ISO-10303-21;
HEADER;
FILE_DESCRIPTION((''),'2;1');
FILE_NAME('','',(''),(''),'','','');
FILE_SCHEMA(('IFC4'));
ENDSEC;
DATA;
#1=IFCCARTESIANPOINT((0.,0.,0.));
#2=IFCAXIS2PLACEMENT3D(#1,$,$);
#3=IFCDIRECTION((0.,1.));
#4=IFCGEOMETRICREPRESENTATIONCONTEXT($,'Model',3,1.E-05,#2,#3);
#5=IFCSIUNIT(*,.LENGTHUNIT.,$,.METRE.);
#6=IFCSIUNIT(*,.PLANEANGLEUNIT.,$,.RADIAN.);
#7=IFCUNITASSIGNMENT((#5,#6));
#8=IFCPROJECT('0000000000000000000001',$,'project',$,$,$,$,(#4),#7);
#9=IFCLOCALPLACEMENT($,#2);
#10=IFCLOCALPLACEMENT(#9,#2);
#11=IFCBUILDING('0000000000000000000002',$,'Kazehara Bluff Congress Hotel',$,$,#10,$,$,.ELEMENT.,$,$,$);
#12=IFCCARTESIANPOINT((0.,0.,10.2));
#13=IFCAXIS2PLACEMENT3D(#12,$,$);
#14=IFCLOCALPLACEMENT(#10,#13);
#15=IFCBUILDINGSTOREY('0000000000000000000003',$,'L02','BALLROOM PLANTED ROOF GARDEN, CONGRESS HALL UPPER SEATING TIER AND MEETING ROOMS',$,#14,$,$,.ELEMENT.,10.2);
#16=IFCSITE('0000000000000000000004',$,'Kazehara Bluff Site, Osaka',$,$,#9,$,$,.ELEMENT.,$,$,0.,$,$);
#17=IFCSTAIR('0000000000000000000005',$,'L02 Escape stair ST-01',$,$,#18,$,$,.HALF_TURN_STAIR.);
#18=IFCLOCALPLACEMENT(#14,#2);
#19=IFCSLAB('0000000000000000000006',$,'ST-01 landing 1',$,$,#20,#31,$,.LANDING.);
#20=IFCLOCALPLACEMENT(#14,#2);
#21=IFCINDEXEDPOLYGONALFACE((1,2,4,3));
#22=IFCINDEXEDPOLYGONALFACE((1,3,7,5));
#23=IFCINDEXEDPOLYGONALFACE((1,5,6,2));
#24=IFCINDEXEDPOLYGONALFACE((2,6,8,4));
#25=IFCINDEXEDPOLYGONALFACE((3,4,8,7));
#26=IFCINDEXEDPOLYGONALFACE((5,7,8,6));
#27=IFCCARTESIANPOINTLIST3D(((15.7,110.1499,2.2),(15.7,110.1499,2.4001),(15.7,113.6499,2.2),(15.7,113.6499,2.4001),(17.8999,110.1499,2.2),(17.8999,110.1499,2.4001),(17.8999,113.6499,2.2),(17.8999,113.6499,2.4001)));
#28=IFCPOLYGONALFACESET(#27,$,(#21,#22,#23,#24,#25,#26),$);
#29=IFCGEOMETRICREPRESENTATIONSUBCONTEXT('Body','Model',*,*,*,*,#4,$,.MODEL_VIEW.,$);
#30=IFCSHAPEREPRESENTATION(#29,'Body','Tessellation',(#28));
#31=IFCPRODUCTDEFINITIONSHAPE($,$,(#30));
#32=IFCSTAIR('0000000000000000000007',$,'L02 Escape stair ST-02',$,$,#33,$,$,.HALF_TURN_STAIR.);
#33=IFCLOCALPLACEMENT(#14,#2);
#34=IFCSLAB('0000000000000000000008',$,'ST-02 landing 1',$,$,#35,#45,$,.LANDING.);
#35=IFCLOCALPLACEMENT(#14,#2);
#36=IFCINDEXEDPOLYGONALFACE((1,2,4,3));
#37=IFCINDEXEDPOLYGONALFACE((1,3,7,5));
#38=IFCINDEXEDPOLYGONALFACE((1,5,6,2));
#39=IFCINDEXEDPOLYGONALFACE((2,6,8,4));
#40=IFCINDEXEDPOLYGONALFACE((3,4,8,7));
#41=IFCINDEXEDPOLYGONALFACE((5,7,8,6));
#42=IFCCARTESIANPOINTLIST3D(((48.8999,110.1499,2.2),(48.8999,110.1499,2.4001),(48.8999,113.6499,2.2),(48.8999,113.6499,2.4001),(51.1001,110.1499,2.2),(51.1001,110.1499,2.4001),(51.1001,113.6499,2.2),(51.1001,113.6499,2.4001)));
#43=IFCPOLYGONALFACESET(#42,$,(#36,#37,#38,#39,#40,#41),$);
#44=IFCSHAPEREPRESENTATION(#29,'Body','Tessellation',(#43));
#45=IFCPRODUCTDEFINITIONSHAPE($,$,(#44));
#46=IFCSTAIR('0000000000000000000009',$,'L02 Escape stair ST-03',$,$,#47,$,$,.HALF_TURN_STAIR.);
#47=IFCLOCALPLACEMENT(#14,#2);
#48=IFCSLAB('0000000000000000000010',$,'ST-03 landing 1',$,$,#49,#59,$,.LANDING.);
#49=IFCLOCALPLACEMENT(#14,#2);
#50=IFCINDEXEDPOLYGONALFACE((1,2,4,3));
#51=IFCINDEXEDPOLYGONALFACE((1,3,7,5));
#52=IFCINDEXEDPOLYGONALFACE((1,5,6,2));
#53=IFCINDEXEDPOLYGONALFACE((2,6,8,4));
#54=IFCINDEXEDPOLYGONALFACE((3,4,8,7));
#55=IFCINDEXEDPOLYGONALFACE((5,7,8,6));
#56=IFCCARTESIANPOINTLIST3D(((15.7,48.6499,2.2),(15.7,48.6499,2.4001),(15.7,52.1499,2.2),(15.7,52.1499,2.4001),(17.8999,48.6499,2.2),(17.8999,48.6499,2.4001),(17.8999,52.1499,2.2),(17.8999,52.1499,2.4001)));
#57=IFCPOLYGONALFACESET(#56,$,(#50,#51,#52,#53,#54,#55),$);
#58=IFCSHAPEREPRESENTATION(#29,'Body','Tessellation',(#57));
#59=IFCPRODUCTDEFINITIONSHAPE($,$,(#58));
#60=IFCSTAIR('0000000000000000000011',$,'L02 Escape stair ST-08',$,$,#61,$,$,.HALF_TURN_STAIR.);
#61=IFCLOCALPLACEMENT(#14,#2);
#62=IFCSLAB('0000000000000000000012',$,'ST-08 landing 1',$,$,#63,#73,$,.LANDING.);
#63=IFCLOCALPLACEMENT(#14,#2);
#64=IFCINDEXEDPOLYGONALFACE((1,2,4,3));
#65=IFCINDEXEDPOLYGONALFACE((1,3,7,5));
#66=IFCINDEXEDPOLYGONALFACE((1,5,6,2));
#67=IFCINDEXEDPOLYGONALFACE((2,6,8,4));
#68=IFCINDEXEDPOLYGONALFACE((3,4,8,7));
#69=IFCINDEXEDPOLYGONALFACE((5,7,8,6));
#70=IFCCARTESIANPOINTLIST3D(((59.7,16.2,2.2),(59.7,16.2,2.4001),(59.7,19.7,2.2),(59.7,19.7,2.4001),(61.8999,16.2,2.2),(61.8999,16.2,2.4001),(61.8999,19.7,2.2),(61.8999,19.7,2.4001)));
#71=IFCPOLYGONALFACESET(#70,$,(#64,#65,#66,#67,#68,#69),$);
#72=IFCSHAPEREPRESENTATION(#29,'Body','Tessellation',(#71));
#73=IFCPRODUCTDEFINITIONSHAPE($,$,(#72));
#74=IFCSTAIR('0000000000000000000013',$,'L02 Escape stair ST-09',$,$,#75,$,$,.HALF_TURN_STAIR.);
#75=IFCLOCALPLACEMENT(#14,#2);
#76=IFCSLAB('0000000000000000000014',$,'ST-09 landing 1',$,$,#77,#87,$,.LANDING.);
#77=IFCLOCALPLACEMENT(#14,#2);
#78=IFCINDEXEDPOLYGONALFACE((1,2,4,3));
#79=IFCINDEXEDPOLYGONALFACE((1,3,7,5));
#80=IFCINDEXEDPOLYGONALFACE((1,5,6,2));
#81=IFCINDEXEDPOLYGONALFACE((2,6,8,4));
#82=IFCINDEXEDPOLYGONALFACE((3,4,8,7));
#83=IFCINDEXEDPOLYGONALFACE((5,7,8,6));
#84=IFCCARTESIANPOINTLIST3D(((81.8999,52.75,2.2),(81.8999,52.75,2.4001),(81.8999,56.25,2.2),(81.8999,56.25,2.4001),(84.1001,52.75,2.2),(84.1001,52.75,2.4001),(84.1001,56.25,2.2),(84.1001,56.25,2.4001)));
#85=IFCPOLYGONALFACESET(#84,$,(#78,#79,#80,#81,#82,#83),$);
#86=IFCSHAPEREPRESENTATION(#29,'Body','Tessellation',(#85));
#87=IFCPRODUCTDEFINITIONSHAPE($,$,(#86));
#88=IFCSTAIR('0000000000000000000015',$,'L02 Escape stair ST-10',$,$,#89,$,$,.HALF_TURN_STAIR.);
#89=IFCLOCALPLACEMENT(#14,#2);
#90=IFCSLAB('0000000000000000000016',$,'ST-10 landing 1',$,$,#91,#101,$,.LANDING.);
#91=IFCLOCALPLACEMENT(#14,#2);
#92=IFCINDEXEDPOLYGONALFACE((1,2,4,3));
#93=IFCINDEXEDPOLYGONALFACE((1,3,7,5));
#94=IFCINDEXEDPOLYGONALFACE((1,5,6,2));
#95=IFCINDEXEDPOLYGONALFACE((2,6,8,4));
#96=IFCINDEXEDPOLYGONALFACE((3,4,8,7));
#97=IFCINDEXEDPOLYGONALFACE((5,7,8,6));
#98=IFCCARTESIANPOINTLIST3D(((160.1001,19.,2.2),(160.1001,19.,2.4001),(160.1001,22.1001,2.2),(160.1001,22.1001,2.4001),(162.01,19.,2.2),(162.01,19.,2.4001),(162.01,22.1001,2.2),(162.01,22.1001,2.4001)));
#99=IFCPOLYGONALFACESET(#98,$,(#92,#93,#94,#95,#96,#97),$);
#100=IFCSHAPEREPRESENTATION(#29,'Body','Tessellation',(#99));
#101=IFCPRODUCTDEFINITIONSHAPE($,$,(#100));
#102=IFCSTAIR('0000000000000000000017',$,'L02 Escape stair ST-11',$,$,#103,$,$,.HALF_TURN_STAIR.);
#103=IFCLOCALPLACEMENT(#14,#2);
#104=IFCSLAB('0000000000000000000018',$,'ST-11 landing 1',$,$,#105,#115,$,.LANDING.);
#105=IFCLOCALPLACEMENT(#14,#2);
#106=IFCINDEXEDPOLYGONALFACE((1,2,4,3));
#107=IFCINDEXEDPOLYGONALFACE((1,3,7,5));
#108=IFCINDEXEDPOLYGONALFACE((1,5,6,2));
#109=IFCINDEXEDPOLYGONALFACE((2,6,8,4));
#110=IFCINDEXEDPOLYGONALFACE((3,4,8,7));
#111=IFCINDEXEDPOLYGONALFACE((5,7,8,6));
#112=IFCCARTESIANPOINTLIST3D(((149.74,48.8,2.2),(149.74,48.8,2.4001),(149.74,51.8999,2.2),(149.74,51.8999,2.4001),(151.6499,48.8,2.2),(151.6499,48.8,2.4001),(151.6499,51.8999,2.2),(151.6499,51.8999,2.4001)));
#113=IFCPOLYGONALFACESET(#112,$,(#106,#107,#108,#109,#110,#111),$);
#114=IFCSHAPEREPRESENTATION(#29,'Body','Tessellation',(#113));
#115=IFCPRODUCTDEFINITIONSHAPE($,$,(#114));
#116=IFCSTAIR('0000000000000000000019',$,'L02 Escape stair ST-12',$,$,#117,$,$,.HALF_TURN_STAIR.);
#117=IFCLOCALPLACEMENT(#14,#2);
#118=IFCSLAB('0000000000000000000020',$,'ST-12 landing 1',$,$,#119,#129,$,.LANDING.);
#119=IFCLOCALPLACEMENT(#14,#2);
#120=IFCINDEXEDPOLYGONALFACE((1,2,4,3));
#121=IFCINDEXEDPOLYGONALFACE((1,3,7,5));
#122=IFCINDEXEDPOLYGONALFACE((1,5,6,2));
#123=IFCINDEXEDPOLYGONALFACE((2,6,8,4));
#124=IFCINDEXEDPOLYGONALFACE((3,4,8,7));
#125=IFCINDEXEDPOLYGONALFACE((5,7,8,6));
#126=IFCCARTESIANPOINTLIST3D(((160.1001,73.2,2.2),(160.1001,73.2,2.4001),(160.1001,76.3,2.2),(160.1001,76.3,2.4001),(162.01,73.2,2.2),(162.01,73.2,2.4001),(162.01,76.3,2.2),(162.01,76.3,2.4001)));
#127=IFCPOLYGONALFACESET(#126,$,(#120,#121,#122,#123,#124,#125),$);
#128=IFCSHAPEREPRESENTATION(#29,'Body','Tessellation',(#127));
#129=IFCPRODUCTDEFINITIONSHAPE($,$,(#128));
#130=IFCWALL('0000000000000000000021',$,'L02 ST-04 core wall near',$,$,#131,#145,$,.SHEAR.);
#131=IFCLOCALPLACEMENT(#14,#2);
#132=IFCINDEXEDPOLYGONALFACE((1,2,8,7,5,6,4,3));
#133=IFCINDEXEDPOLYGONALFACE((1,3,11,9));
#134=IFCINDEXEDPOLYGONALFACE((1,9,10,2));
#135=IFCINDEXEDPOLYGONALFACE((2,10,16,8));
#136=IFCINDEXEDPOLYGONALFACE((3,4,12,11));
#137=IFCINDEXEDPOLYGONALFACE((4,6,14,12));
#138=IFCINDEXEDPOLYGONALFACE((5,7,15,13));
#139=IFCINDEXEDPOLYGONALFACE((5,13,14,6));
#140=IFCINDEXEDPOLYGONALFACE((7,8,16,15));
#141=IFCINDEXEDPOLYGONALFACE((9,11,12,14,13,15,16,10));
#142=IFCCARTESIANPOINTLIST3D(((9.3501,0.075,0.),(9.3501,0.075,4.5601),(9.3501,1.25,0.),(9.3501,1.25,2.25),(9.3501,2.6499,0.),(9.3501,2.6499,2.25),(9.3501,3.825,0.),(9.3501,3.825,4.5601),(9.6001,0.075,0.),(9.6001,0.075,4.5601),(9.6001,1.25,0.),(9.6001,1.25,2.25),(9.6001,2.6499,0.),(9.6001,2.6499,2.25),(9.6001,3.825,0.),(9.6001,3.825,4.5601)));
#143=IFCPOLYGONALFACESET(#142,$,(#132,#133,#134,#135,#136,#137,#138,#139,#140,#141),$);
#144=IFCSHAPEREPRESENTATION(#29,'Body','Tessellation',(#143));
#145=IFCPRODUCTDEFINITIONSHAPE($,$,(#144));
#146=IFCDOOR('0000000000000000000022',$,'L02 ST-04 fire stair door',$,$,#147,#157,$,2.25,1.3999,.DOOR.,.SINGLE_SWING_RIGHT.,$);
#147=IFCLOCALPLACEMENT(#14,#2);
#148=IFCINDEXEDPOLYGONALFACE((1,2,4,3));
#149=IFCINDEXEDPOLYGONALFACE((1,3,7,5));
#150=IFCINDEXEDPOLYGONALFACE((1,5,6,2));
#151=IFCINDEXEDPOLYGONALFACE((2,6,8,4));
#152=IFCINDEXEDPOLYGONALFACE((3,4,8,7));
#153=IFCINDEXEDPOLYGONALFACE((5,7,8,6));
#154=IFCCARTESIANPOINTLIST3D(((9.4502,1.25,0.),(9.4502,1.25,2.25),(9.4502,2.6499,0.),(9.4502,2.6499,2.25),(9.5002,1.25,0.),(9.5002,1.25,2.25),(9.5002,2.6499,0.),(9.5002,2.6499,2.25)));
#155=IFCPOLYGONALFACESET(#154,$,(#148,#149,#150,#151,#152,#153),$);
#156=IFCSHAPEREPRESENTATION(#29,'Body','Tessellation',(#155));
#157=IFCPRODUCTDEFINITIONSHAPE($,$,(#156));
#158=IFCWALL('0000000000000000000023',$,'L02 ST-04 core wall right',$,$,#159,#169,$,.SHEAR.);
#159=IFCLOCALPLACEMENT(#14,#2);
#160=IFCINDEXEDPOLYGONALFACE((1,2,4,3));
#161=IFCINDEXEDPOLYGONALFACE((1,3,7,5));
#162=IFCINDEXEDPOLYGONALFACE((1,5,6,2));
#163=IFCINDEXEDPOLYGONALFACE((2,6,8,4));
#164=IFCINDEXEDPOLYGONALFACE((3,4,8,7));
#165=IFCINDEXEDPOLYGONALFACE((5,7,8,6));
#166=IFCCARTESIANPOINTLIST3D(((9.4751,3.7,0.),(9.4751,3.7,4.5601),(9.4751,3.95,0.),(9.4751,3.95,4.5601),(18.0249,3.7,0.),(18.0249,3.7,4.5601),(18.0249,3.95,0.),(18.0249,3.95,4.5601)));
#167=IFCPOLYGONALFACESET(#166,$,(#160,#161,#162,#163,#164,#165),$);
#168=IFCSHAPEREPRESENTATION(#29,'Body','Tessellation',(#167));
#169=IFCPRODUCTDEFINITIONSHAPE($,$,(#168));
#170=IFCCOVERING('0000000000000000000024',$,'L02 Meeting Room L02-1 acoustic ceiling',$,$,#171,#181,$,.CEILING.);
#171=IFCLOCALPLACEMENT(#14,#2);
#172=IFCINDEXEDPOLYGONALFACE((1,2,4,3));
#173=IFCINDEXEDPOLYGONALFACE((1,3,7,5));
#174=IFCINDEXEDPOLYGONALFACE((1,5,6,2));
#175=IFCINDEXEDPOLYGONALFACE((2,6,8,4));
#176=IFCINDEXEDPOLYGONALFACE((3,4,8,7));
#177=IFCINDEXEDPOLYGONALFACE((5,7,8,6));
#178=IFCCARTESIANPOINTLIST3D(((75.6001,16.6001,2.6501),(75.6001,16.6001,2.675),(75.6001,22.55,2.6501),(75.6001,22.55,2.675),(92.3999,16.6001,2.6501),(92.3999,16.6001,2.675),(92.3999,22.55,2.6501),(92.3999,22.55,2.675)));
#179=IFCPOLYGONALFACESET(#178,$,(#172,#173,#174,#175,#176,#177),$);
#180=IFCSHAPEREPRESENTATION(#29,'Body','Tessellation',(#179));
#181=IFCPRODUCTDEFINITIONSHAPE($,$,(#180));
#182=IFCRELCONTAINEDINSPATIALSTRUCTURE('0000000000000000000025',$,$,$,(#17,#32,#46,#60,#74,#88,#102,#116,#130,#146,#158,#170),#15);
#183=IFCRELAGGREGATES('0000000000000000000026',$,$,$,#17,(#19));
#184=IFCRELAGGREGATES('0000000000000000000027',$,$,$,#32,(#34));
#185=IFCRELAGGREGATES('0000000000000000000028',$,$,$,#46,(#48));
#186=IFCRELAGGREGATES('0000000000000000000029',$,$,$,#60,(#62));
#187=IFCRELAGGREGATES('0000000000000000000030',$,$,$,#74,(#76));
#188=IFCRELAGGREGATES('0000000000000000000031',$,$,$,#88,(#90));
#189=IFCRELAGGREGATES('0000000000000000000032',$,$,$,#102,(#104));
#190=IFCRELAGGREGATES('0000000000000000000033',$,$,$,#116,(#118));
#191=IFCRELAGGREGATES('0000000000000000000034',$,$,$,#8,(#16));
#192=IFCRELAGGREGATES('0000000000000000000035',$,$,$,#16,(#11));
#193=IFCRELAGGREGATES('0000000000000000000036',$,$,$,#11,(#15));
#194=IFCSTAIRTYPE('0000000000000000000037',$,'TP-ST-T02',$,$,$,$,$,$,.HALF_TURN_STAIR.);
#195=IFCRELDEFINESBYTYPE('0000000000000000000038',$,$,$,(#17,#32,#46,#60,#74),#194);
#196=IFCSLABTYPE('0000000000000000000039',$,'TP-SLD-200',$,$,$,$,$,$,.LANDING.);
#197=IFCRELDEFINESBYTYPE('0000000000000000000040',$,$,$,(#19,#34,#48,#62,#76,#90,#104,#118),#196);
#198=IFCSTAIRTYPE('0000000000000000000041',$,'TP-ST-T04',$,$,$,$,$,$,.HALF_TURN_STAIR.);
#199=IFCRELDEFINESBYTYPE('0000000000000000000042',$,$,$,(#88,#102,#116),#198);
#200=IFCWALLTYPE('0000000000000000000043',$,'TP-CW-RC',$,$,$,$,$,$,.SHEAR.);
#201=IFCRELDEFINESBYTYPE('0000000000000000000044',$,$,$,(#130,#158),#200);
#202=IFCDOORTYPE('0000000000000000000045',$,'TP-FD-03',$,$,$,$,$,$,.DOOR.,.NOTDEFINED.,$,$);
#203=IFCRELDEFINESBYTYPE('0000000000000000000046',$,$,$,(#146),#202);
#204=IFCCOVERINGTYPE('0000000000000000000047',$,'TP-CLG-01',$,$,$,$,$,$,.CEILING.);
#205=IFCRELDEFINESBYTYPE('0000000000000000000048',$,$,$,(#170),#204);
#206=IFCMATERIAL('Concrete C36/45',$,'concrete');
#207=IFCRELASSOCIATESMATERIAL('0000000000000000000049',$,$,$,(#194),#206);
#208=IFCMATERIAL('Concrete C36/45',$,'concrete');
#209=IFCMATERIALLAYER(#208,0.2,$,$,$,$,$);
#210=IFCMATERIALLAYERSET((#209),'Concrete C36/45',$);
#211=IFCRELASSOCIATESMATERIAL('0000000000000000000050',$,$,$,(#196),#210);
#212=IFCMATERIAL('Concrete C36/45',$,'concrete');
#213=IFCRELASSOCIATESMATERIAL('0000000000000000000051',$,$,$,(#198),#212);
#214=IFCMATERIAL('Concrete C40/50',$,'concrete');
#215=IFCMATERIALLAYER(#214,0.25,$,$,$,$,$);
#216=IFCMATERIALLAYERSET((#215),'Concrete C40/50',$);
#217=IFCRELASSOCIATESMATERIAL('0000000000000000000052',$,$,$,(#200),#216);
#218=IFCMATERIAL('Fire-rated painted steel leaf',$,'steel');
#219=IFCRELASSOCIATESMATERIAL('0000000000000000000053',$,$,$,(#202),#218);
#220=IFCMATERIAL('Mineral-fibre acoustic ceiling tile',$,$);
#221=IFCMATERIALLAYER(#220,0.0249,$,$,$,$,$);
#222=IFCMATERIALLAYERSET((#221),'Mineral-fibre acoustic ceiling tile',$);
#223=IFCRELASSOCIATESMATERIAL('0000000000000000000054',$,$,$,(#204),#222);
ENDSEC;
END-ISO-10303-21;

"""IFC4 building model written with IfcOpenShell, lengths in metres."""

from ifc_helpers import new_model, si_unit, direction, frame, frame_2d, origin, place, context, subcontext, project, spatial, polyline, rectangle, outline, extrude, material, layer, layer_set, type_object, element, fill, aggregate, save


model = new_model("IFC4")

# Units and contexts
model_context = context("Model", 3, precision=1e-05, world=origin(), true_north=direction((0.0, 1.0)))
body_context = subcontext(model_context, "Body", "Model", "MODEL_VIEW")
ifc_project = project(units=[si_unit("LENGTHUNIT", "METRE"), si_unit("PLANEANGLEUNIT", "RADIAN")], contexts=[model_context])

# Site, building, storey
site_placement = place(None, origin())
site = spatial("IfcSite", under=ifc_project, at=site_placement, Name="Kazehara Bluff Site, Osaka", CompositionType="ELEMENT", RefElevation=0.0)
building_placement = place(site_placement, origin())
building = spatial("IfcBuilding", under=site, at=building_placement, Name="Kazehara Bluff Congress Hotel", CompositionType="ELEMENT")
storey_placement = place(building_placement, frame((0.0, 0.0, 10.2)))
storey = spatial("IfcBuildingStorey", under=building, at=storey_placement, Name="L02", Description="BALLROOM PLANTED ROOF GARDEN, CONGRESS HALL UPPER SEATING TIER AND MEETING ROOMS", CompositionType="ELEMENT", Elevation=10.2)

# Stairs, slabs
ifc_material_1 = material(Name="Concrete C36/45", Category="concrete")
stair_type_1 = type_object("IfcStairType", Name="TP-ST-T02", PredefinedType="HALF_TURN_STAIR", material=ifc_material_1)
stair_1_placement = place(storey_placement, origin())
stair_1 = element("IfcStair", 1, at=stair_1_placement, inside=storey, type_object=stair_type_1, Name="L02 Escape stair ST-01", PredefinedType="HALF_TURN_STAIR")
ifc_material_2 = material(Name="Concrete C36/45", Category="concrete")
ifc_layer_1 = layer(ifc_material_2, 0.2)
ifc_layer_set_1 = layer_set([ifc_layer_1], Name="Concrete C36/45")
slab_type_1 = type_object("IfcSlabType", Name="TP-SLD-200", PredefinedType="LANDING", material=ifc_layer_set_1)
slab_1_placement = place(storey_placement, frame((0.0, 0.0, 2.2)))
slab_1 = element("IfcSlab", 2, at=slab_1_placement, type_object=slab_type_1, Name="ST-01 landing 1", PredefinedType="LANDING", context=body_context, shape_type="SweptSolid", body=[
    extrude(outline(polyline([(15.7, 110.1499), (17.8999, 110.1499), (17.8999, 113.6499), (15.7, 113.6499), (15.7, 110.1499)])), origin(), (0.0, 0.0, 1.0), 0.2002),
])
aggregate(stair_1, [slab_1])
stair_2_placement = place(storey_placement, origin())
stair_2 = element("IfcStair", 3, at=stair_2_placement, inside=storey, type_object=stair_type_1, Name="L02 Escape stair ST-02", PredefinedType="HALF_TURN_STAIR")
slab_2_placement = place(storey_placement, frame((0.0, 0.0, 2.2)))
slab_2 = element("IfcSlab", 4, at=slab_2_placement, type_object=slab_type_1, Name="ST-02 landing 1", PredefinedType="LANDING", context=body_context, shape_type="SweptSolid", body=[
    extrude(outline(polyline([(48.8999, 110.1499), (51.1001, 110.1499), (51.1001, 113.6499), (48.8999, 113.6499), (48.8999, 110.1499)])), origin(), (0.0, 0.0, 1.0), 0.2002),
])
aggregate(stair_2, [slab_2])
stair_3_placement = place(storey_placement, origin())
stair_3 = element("IfcStair", 5, at=stair_3_placement, inside=storey, type_object=stair_type_1, Name="L02 Escape stair ST-03", PredefinedType="HALF_TURN_STAIR")
slab_3_placement = place(storey_placement, frame((0.0, 0.0, 2.2)))
slab_3 = element("IfcSlab", 6, at=slab_3_placement, type_object=slab_type_1, Name="ST-03 landing 1", PredefinedType="LANDING", context=body_context, shape_type="SweptSolid", body=[
    extrude(outline(polyline([(15.7, 48.6499), (17.8999, 48.6499), (17.8999, 52.1499), (15.7, 52.1499), (15.7, 48.6499)])), origin(), (0.0, 0.0, 1.0), 0.2002),
])
aggregate(stair_3, [slab_3])
stair_4_placement = place(storey_placement, origin())
stair_4 = element("IfcStair", 7, at=stair_4_placement, inside=storey, type_object=stair_type_1, Name="L02 Escape stair ST-08", PredefinedType="HALF_TURN_STAIR")
slab_4_placement = place(storey_placement, frame((0.0, 0.0, 2.2)))
slab_4 = element("IfcSlab", 8, at=slab_4_placement, type_object=slab_type_1, Name="ST-08 landing 1", PredefinedType="LANDING", context=body_context, shape_type="SweptSolid", body=[
    extrude(outline(polyline([(61.8999, 19.7), (59.7, 19.7), (59.7, 16.2), (61.8999, 16.2), (61.8999, 19.7)])), origin(), (0.0, 0.0, 1.0), 0.2002),
])
aggregate(stair_4, [slab_4])
stair_5_placement = place(storey_placement, origin())
stair_5 = element("IfcStair", 9, at=stair_5_placement, inside=storey, type_object=stair_type_1, Name="L02 Escape stair ST-09", PredefinedType="HALF_TURN_STAIR")
slab_5_placement = place(storey_placement, frame((0.0, 0.0, 2.2)))
slab_5 = element("IfcSlab", 10, at=slab_5_placement, type_object=slab_type_1, Name="ST-09 landing 1", PredefinedType="LANDING", context=body_context, shape_type="SweptSolid", body=[
    extrude(outline(polyline([(81.8999, 52.75), (84.1001, 52.75), (84.1001, 56.25), (81.8999, 56.25), (81.8999, 52.75)])), origin(), (0.0, 0.0, 1.0), 0.2002),
])
aggregate(stair_5, [slab_5])
ifc_material_3 = material(Name="Concrete C36/45", Category="concrete")
stair_type_2 = type_object("IfcStairType", Name="TP-ST-T04", PredefinedType="HALF_TURN_STAIR", material=ifc_material_3)
stair_6_placement = place(storey_placement, origin())
stair_6 = element("IfcStair", 11, at=stair_6_placement, inside=storey, type_object=stair_type_2, Name="L02 Escape stair ST-10", PredefinedType="HALF_TURN_STAIR")
slab_6_placement = place(storey_placement, frame((0.0, 0.0, 2.2)))
slab_6 = element("IfcSlab", 12, at=slab_6_placement, type_object=slab_type_1, Name="ST-10 landing 1", PredefinedType="LANDING", context=body_context, shape_type="SweptSolid", body=[
    extrude(outline(polyline([(162.01, 22.1001), (160.1001, 22.1001), (160.1001, 19.0), (162.01, 19.0), (162.01, 22.1001)])), origin(), (0.0, 0.0, 1.0), 0.2002),
])
aggregate(stair_6, [slab_6])
stair_7_placement = place(storey_placement, origin())
stair_7 = element("IfcStair", 13, at=stair_7_placement, inside=storey, type_object=stair_type_2, Name="L02 Escape stair ST-11", PredefinedType="HALF_TURN_STAIR")
slab_7_placement = place(storey_placement, frame((0.0, 0.0, 2.2)))
slab_7 = element("IfcSlab", 14, at=slab_7_placement, type_object=slab_type_1, Name="ST-11 landing 1", PredefinedType="LANDING", context=body_context, shape_type="SweptSolid", body=[
    extrude(outline(polyline([(149.74, 48.8), (151.6499, 48.8), (151.6499, 51.8999), (149.74, 51.8999), (149.74, 48.8)])), origin(), (0.0, 0.0, 1.0), 0.2002),
])
aggregate(stair_7, [slab_7])
stair_8_placement = place(storey_placement, origin())
stair_8 = element("IfcStair", 15, at=stair_8_placement, inside=storey, type_object=stair_type_2, Name="L02 Escape stair ST-12", PredefinedType="HALF_TURN_STAIR")
slab_8_placement = place(storey_placement, frame((0.0, 0.0, 2.2)))
slab_8 = element("IfcSlab", 16, at=slab_8_placement, type_object=slab_type_1, Name="ST-12 landing 1", PredefinedType="LANDING", context=body_context, shape_type="SweptSolid", body=[
    extrude(outline(polyline([(162.01, 76.3), (160.1001, 76.3), (160.1001, 73.2), (162.01, 73.2), (162.01, 76.3)])), origin(), (0.0, 0.0, 1.0), 0.2002),
])
aggregate(stair_8, [slab_8])

# Wall, opening, door
ifc_material_4 = material(Name="Concrete C40/50", Category="concrete")
ifc_layer_2 = layer(ifc_material_4, 0.25)
ifc_layer_set_2 = layer_set([ifc_layer_2], Name="Concrete C40/50")
wall_type = type_object("IfcWallType", Name="TP-CW-RC", PredefinedType="SHEAR", material=ifc_layer_set_2)
wall_1_placement = place(storey_placement, frame((9.4751, 0.075, 0.0), z_axis=(0.0, 0.0, 1.0), x_axis=(0.0, 1.0, 0.0)))
wall_1 = element("IfcWall", 17, at=wall_1_placement, inside=storey, type_object=wall_type, Name="L02 ST-04 core wall near", PredefinedType="SHEAR", context=body_context, shape_type="SweptSolid", body=[
    extrude(rectangle(XDim=3.75, YDim=0.25, at=frame_2d((1.875, 0.0))), origin(), (0.0, 0.0, 1.0), 4.5601),
])
opening_placement = place(wall_1_placement, frame((1.175, 0.0, 0.0)))
opening = element("IfcOpeningElement", 18, at=opening_placement, cuts=wall_1, PredefinedType="OPENING", context=body_context, shape_type="SweptSolid", body=[
    extrude(rectangle(XDim=1.3999, YDim=2.25, at=frame_2d((0.7, 1.125))), frame((0.0, 0.135, 0.0), z_axis=(0.0, -1.0, 0.0), x_axis=(1.0, 0.0, 0.0)), (0.0, 0.0, 1.0), 0.27),
])
ifc_material_5 = material(Name="Fire-rated painted steel leaf", Category="steel")
door_type = type_object("IfcDoorType", Name="TP-FD-03", OperationType="NOTDEFINED", PredefinedType="DOOR", material=ifc_material_5)
door_placement = place(opening_placement, origin())
door = element("IfcDoor", 19, at=door_placement, inside=storey, type_object=door_type, Name="L02 ST-04 fire stair door", OperationType="SINGLE_SWING_RIGHT", OverallHeight=2.25, OverallWidth=1.3999, PredefinedType="DOOR", context=body_context, shape_type="SweptSolid", body=[
    extrude(rectangle(XDim=1.3999, YDim=2.25, at=frame_2d((0.7, 1.125))), frame((0.0, 0.0249, 0.0), z_axis=(0.0, -1.0, 0.0), x_axis=(1.0, 0.0, 0.0)), (0.0, 0.0, 1.0), 0.05),
])
fill(opening, door)

# Wall
wall_2_placement = place(storey_placement, frame((9.4751, 3.825, 0.0), z_axis=(0.0, 0.0, 1.0), x_axis=(1.0, 0.0, 0.0)))
element("IfcWall", 20, at=wall_2_placement, inside=storey, type_object=wall_type, Name="L02 ST-04 core wall right", PredefinedType="SHEAR", context=body_context, shape_type="SweptSolid", body=[
    extrude(rectangle(XDim=8.5498, YDim=0.25, at=frame_2d((4.2749, 0.0))), origin(), (0.0, 0.0, 1.0), 4.5601),
])

# Covering
ifc_material_6 = material(Name="Mineral-fibre acoustic ceiling tile")
ifc_layer_3 = layer(ifc_material_6, 0.0249)
ifc_layer_set_3 = layer_set([ifc_layer_3], Name="Mineral-fibre acoustic ceiling tile")
covering_type = type_object("IfcCoveringType", Name="TP-CLG-01", PredefinedType="CEILING", material=ifc_layer_set_3)
covering_placement = place(storey_placement, frame((0.0, 0.0, 2.6501)))
element("IfcCovering", 21, at=covering_placement, inside=storey, type_object=covering_type, Name="L02 Meeting Room L02-1 acoustic ceiling", PredefinedType="CEILING", context=body_context, shape_type="SweptSolid", body=[
    extrude(outline(polyline([(75.6001, 16.6001), (92.3999, 16.6001), (92.3999, 22.55), (75.6001, 22.55), (75.6001, 16.6001)])), origin(), (0.0, 0.0, 1.0), 0.0249),
])

save(model, "model.ifc")
